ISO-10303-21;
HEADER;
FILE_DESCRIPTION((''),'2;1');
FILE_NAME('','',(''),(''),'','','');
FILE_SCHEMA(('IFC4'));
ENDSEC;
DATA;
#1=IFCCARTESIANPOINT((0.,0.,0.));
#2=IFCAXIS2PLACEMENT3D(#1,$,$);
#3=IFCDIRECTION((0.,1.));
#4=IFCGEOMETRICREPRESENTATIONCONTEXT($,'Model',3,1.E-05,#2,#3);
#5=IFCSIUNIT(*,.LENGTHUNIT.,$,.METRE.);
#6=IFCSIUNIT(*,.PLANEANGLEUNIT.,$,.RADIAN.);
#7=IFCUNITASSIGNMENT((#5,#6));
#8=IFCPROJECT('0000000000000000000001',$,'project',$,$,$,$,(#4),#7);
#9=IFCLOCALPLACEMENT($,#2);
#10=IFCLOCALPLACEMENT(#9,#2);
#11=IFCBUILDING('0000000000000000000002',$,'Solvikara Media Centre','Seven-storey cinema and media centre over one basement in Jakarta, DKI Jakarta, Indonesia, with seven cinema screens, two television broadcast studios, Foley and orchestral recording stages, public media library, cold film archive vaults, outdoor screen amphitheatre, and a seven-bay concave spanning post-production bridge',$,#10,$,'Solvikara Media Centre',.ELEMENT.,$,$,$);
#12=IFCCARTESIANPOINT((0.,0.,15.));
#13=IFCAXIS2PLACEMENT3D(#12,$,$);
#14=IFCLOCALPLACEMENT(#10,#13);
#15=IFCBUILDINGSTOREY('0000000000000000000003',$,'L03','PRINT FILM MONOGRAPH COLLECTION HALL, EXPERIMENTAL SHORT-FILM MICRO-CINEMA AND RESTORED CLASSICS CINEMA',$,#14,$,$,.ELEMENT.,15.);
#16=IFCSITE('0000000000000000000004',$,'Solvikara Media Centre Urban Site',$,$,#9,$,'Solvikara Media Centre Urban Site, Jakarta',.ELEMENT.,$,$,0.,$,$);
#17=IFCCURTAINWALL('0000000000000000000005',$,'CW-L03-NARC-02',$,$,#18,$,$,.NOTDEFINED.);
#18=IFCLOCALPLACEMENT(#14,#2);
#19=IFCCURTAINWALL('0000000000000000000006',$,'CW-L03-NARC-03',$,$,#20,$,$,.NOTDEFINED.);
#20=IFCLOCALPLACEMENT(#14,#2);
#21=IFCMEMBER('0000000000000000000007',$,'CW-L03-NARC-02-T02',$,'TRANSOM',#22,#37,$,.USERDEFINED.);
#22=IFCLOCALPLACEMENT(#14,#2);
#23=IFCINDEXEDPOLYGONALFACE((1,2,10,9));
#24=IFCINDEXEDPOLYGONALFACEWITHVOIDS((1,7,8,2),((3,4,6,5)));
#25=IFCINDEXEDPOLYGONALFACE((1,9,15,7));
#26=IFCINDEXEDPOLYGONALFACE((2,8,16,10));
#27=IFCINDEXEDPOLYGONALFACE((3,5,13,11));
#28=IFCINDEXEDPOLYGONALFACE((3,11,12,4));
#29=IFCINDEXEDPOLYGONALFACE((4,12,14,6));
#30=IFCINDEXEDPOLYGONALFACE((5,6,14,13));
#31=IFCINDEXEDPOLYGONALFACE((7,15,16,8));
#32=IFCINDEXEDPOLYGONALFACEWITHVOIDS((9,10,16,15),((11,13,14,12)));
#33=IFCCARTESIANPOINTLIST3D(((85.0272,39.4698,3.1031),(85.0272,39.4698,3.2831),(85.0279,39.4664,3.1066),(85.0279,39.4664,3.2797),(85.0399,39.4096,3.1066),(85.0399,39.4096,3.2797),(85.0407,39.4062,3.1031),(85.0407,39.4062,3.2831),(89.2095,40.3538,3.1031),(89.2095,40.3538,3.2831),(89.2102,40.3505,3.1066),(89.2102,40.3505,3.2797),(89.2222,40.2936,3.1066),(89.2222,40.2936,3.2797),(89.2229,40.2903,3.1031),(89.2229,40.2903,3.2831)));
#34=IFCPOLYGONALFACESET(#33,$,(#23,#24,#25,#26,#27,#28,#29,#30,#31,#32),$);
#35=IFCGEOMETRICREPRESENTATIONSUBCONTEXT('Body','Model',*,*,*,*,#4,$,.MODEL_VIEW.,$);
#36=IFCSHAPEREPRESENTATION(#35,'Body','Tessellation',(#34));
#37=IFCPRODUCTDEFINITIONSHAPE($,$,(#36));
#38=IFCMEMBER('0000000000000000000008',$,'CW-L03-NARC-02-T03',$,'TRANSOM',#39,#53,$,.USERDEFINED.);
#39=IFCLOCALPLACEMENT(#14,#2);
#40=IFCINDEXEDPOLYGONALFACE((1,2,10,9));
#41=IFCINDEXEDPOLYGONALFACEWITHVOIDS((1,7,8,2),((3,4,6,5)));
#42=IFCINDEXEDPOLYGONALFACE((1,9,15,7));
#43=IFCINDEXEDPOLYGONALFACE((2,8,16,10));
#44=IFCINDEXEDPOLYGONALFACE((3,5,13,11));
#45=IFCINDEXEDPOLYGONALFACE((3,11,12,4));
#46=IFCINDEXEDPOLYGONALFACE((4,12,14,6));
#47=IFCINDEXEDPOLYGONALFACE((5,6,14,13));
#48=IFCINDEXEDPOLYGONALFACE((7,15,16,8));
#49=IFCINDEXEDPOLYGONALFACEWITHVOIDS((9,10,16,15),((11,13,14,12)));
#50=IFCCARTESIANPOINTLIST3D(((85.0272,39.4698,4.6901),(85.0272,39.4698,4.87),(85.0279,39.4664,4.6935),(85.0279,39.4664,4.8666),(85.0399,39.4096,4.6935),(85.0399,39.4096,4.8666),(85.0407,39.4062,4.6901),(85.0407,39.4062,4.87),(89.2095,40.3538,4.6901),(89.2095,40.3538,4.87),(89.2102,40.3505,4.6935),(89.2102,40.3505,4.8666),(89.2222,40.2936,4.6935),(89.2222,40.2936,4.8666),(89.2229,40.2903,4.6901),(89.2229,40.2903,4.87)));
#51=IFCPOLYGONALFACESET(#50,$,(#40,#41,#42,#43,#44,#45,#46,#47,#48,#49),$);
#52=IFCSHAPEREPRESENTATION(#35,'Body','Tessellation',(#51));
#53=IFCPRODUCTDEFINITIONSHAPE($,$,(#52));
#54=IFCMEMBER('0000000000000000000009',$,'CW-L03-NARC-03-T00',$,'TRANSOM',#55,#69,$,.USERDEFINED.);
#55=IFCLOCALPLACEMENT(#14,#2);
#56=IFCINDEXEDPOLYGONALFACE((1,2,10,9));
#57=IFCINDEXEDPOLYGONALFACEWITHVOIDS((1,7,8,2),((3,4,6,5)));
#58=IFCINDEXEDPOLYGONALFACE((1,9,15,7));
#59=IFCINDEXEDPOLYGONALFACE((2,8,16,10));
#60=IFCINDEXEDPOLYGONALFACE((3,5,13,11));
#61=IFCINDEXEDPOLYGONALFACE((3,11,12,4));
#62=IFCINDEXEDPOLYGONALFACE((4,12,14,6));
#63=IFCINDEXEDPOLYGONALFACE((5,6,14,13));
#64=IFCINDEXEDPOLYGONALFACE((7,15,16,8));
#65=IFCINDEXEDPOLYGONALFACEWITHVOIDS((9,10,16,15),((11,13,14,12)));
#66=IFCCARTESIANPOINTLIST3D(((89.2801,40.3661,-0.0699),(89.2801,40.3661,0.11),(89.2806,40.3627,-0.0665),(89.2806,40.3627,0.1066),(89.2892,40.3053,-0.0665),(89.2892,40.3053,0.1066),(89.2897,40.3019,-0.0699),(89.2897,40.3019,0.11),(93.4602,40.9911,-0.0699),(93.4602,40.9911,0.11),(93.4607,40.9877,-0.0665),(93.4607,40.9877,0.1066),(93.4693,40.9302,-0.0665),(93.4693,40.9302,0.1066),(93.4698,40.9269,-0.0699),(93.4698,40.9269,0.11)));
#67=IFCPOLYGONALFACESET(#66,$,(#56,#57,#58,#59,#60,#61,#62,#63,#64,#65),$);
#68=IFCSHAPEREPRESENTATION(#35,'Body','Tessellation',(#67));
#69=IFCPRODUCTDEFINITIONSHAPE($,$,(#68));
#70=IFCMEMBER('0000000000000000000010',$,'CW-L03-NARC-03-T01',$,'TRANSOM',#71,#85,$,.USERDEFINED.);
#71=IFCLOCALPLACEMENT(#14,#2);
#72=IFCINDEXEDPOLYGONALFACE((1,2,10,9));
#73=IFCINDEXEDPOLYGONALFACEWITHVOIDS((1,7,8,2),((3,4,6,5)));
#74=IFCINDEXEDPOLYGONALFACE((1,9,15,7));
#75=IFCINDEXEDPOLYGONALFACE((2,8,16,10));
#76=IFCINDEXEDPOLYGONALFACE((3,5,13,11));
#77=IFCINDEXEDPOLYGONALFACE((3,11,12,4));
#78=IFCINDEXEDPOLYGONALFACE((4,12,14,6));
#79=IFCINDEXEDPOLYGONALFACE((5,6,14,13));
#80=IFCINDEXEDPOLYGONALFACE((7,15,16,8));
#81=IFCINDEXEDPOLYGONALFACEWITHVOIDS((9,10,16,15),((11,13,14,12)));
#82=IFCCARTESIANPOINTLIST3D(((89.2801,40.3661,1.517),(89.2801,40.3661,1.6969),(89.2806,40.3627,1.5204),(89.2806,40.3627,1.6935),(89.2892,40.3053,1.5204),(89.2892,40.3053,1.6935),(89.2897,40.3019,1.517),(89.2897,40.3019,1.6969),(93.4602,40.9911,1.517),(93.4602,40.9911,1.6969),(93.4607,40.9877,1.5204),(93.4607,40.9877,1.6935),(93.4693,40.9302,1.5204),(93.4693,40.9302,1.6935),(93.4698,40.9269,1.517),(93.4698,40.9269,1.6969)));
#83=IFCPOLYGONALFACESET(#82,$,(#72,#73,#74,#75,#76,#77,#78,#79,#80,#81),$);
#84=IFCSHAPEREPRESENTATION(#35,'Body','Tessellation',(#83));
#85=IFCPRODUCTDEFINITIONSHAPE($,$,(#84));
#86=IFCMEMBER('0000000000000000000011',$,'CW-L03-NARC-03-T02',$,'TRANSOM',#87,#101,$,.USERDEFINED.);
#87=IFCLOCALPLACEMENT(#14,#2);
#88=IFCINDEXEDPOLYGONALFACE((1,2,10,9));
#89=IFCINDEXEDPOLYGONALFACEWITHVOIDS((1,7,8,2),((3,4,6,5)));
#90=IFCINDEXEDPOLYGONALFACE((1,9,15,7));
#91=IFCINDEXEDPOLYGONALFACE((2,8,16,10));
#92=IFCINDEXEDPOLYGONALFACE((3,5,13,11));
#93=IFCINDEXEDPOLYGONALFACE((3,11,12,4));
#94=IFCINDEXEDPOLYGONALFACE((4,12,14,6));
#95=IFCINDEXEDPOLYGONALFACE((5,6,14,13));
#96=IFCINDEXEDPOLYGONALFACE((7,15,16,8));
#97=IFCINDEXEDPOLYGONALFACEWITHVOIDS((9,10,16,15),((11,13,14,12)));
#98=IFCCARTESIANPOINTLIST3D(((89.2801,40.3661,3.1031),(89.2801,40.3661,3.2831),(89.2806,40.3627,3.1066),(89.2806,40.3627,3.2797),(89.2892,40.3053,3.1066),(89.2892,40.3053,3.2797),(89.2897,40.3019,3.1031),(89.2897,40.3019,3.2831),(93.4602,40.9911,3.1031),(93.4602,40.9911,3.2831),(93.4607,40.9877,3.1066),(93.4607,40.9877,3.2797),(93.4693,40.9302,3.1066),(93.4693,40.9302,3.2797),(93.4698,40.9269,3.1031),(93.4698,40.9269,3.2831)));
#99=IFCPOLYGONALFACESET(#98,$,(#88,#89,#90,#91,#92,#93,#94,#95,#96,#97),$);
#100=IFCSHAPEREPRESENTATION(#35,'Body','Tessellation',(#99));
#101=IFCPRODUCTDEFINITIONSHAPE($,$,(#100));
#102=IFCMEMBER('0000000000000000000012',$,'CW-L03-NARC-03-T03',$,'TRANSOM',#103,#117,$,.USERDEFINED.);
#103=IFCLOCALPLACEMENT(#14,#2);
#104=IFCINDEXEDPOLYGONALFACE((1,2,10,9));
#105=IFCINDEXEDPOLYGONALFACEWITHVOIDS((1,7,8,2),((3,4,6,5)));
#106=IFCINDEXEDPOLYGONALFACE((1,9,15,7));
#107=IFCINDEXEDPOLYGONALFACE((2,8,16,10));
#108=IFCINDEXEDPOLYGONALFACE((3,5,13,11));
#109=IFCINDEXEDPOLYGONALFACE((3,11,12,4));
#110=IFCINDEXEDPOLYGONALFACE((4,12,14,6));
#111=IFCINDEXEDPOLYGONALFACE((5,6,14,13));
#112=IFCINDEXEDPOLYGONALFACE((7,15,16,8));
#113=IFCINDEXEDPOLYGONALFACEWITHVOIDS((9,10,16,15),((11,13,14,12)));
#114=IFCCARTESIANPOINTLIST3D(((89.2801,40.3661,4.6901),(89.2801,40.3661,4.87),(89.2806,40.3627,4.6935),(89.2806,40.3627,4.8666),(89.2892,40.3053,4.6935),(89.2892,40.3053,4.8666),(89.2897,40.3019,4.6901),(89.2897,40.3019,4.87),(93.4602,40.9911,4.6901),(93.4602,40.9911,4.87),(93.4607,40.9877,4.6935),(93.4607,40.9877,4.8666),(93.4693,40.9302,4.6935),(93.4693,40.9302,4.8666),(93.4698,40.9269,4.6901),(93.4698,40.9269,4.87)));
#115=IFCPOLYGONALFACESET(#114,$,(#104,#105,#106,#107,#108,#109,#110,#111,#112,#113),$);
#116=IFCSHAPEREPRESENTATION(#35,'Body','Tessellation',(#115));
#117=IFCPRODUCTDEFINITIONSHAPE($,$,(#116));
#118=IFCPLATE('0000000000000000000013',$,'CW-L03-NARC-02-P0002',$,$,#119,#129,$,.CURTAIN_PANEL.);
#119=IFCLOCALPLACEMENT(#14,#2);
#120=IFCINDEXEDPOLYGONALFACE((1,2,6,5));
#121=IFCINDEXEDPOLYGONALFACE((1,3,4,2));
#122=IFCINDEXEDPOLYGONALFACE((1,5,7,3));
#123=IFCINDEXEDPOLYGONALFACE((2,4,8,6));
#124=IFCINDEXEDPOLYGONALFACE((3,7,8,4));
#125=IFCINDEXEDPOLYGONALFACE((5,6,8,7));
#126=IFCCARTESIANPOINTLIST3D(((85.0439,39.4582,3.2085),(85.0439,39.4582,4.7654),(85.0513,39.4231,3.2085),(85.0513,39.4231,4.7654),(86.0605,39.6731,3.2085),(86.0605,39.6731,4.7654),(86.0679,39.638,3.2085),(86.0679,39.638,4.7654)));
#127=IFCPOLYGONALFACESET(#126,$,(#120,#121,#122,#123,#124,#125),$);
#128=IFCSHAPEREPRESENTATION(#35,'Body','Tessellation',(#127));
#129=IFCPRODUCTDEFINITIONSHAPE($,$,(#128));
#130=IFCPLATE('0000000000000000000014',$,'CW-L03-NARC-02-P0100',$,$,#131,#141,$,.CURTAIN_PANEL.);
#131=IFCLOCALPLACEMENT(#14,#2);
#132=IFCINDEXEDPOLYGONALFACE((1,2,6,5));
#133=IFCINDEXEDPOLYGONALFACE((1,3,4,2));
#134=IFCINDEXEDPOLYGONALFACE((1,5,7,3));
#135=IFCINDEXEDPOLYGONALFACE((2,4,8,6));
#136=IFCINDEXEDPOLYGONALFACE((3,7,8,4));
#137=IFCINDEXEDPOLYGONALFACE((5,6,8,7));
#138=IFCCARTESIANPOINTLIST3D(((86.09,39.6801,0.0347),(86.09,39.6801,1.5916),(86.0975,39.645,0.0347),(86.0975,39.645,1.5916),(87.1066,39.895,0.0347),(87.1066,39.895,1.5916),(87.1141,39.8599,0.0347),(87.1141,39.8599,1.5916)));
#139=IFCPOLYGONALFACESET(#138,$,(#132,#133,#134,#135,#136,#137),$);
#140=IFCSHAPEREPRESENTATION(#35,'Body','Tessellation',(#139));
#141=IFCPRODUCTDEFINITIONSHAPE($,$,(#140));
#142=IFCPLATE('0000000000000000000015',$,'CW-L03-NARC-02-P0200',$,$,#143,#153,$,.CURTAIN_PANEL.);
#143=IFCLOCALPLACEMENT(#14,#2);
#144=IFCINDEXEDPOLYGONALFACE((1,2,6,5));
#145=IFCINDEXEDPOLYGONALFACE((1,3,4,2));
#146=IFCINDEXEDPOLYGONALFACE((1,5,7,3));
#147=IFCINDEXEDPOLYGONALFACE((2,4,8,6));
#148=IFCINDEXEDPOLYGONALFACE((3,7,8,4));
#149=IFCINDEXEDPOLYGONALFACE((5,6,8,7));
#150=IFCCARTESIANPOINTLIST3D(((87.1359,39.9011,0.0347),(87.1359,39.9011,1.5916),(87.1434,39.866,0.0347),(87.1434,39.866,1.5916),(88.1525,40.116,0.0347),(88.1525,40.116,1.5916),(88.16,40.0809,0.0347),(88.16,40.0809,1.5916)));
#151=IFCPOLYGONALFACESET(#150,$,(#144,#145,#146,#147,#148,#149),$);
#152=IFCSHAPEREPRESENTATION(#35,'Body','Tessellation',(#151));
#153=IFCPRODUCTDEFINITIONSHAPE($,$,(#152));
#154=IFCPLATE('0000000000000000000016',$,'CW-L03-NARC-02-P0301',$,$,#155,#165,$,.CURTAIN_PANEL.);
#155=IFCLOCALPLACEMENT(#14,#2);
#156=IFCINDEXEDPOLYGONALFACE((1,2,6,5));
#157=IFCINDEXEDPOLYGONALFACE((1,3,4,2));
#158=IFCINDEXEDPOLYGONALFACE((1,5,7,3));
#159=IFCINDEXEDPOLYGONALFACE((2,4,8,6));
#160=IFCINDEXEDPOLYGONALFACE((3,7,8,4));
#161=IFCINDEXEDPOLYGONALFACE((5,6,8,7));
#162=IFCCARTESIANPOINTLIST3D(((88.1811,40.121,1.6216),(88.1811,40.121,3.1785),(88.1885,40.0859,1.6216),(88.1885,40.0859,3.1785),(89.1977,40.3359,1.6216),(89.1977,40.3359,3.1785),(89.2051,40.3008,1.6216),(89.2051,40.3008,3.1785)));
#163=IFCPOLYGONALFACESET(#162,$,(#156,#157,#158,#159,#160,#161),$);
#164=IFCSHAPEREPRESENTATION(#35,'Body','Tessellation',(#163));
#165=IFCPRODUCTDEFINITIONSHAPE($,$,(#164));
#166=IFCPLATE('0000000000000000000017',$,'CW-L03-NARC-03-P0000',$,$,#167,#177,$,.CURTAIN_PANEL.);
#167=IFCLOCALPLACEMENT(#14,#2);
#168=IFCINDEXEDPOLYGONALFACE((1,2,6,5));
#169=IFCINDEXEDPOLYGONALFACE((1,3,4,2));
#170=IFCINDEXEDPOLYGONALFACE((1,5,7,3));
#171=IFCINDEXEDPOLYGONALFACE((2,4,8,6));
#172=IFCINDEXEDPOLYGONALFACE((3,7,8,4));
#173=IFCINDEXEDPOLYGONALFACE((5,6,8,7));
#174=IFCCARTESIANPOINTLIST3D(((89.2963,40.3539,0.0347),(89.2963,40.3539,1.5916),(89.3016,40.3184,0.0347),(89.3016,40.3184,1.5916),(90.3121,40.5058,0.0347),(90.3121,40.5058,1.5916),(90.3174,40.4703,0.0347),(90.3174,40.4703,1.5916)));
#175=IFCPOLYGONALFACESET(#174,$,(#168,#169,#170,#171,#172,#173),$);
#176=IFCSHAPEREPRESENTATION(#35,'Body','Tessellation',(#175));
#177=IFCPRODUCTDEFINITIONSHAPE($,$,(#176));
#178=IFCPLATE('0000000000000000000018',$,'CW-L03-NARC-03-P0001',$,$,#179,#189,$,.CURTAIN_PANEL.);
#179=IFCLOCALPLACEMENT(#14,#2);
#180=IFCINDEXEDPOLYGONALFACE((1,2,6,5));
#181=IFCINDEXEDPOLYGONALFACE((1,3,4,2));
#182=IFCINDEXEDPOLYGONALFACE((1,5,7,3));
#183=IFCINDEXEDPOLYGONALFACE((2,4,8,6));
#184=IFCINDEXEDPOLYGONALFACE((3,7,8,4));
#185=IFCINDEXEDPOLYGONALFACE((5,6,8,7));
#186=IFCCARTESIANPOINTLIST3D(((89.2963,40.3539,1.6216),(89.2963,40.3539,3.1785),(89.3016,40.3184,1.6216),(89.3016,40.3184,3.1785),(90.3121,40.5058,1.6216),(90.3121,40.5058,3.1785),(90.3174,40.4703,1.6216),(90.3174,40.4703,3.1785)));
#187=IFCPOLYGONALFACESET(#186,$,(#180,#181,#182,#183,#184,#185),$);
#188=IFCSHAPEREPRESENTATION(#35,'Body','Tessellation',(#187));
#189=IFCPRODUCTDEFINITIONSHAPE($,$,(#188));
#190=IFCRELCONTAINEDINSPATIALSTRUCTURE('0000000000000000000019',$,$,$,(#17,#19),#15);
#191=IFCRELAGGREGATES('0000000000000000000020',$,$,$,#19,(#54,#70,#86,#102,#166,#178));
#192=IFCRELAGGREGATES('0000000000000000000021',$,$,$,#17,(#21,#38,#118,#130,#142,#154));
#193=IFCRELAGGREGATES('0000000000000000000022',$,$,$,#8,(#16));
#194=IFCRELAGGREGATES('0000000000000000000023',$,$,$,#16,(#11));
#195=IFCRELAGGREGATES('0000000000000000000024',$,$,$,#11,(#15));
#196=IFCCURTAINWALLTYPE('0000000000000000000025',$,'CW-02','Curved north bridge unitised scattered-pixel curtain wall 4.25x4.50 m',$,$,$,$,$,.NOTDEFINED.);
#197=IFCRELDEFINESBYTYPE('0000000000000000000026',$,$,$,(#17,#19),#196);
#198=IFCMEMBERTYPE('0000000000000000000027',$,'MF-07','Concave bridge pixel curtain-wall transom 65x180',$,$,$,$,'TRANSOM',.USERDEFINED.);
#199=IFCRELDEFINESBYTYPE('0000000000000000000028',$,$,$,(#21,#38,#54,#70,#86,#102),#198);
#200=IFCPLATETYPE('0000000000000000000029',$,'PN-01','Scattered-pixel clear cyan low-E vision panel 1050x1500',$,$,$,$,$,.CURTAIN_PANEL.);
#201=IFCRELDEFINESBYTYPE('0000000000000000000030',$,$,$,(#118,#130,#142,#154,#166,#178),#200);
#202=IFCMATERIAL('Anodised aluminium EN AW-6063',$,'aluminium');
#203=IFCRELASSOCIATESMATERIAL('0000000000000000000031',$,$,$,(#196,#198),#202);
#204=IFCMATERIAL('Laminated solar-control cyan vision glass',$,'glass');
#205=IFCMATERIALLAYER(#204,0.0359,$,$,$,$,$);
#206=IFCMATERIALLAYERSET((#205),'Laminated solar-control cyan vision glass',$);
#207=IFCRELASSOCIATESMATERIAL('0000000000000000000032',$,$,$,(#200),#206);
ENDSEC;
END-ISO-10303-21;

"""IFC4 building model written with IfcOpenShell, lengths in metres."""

from ifc_helpers import new_model, si_unit, direction, frame, origin, origin_2d, place, context, subcontext, project, spatial, rectangle, hollow_rectangle, extrude, material, layer, layer_set, material_profile, profile_set, type_object, element, aggregate, save


model = new_model("IFC4")

# Units and contexts
model_context = context("Model", 3, precision=1e-05, world=origin(), true_north=direction((0.0, 1.0)))
body_context = subcontext(model_context, "Body", "Model", "MODEL_VIEW")
ifc_project = project(units=[si_unit("LENGTHUNIT", "METRE"), si_unit("PLANEANGLEUNIT", "RADIAN")], contexts=[model_context])

# Site, building, storey
site_placement = place(None, origin())
site = spatial("IfcSite", under=ifc_project, at=site_placement, Name="Solvikara Media Centre Urban Site", LongName="Solvikara Media Centre Urban Site, Jakarta", CompositionType="ELEMENT", RefElevation=0.0)
building_placement = place(site_placement, origin())
building = spatial("IfcBuilding", under=site, at=building_placement, Name="Solvikara Media Centre", Description="Seven-storey cinema and media centre over one basement in Jakarta, DKI Jakarta, Indonesia, with seven cinema screens, two television broadcast studios, Foley and orchestral recording stages, public media library, cold film archive vaults, outdoor screen amphitheatre, and a seven-bay concave spanning post-production bridge", LongName="Solvikara Media Centre", CompositionType="ELEMENT")
storey_placement = place(building_placement, frame((0.0, 0.0, 15.0)))
storey = spatial("IfcBuildingStorey", under=building, at=storey_placement, Name="L03", Description="PRINT FILM MONOGRAPH COLLECTION HALL, EXPERIMENTAL SHORT-FILM MICRO-CINEMA AND RESTORED CLASSICS CINEMA", CompositionType="ELEMENT", Elevation=15.0)

# Curtain walls
ifc_material_1 = material(Name="Anodised aluminium EN AW-6063", Category="aluminium")
curtain_wall_type = type_object("IfcCurtainWallType", Name="CW-02", Description="Curved north bridge unitised scattered-pixel curtain wall 4.25x4.50 m", PredefinedType="NOTDEFINED", material=ifc_material_1)
curtain_wall_1_placement = place(storey_placement, origin())
curtain_wall_1 = element("IfcCurtainWall", 1, at=curtain_wall_1_placement, inside=storey, type_object=curtain_wall_type, Name="CW-L03-NARC-02", PredefinedType="NOTDEFINED")
curtain_wall_2_placement = place(storey_placement, origin())
curtain_wall_2 = element("IfcCurtainWall", 2, at=curtain_wall_2_placement, inside=storey, type_object=curtain_wall_type, Name="CW-L03-NARC-03", PredefinedType="NOTDEFINED")

# Members
ifc_material_profile_1 = material_profile(ifc_material_1, hollow_rectangle(XDim=0.0649, YDim=0.1799, WallThickness=0.0034, at=origin_2d()), Name="ALU-T 65x180x3.5")
ifc_profile_set_1 = profile_set([ifc_material_profile_1], Name="Anodised aluminium EN AW-6063")
member_type_1 = type_object("IfcMemberType", Name="MF-07", Description="Concave bridge pixel curtain-wall transom 65x180", ElementType="TRANSOM", PredefinedType="USERDEFINED", material=ifc_profile_set_1)
member_1_placement = place(storey_placement, frame((85.0339, 39.438, 3.1931), z_axis=(0.97838, 0.206814, 0.0), x_axis=(-0.206814, 0.97838, 0.0)))
member_1 = element("IfcMember", 3, at=member_1_placement, type_object=member_type_1, Name="CW-L03-NARC-02-T02", ObjectType="TRANSOM", PredefinedType="USERDEFINED", context=body_context, shape_type="SweptSolid", body=[
    extrude(hollow_rectangle(XDim=0.0649, YDim=0.1799, WallThickness=0.0034, at=origin_2d()), origin(), (0.0, 0.0, 1.0), 4.2747),
])
member_2_placement = place(storey_placement, frame((85.0339, 39.438, 4.78), z_axis=(0.97838, 0.206814, 0.0), x_axis=(-0.206814, 0.97838, 0.0)))
member_2 = element("IfcMember", 4, at=member_2_placement, type_object=member_type_1, Name="CW-L03-NARC-02-T03", ObjectType="TRANSOM", PredefinedType="USERDEFINED", context=body_context, shape_type="SweptSolid", body=[
    extrude(hollow_rectangle(XDim=0.0649, YDim=0.1799, WallThickness=0.0034, at=origin_2d()), origin(), (0.0, 0.0, 1.0), 4.2747),
])
member_3_placement = place(storey_placement, frame((89.2849, 40.334, 0.02), z_axis=(0.989007, 0.147872, 0.0), x_axis=(-0.147872, 0.989007, 0.0)))
member_3 = element("IfcMember", 5, at=member_3_placement, type_object=member_type_1, Name="CW-L03-NARC-03-T00", ObjectType="TRANSOM", PredefinedType="USERDEFINED", context=body_context, shape_type="SweptSolid", body=[
    extrude(hollow_rectangle(XDim=0.0649, YDim=0.1799, WallThickness=0.0034, at=origin_2d()), origin(), (0.0, 0.0, 1.0), 4.2266),
])
member_4_placement = place(storey_placement, frame((89.2849, 40.334, 1.6069), z_axis=(0.989007, 0.147872, 0.0), x_axis=(-0.147872, 0.989007, 0.0)))
member_4 = element("IfcMember", 6, at=member_4_placement, type_object=member_type_1, Name="CW-L03-NARC-03-T01", ObjectType="TRANSOM", PredefinedType="USERDEFINED", context=body_context, shape_type="SweptSolid", body=[
    extrude(hollow_rectangle(XDim=0.0649, YDim=0.1799, WallThickness=0.0034, at=origin_2d()), origin(), (0.0, 0.0, 1.0), 4.2266),
])
member_5_placement = place(storey_placement, frame((89.2849, 40.334, 3.1931), z_axis=(0.989007, 0.147872, 0.0), x_axis=(-0.147872, 0.989007, 0.0)))
member_5 = element("IfcMember", 7, at=member_5_placement, type_object=member_type_1, Name="CW-L03-NARC-03-T02", ObjectType="TRANSOM", PredefinedType="USERDEFINED", context=body_context, shape_type="SweptSolid", body=[
    extrude(hollow_rectangle(XDim=0.0649, YDim=0.1799, WallThickness=0.0034, at=origin_2d()), origin(), (0.0, 0.0, 1.0), 4.2266),
])
member_6_placement = place(storey_placement, frame((89.2849, 40.334, 4.78), z_axis=(0.989007, 0.147872, 0.0), x_axis=(-0.147872, 0.989007, 0.0)))
member_6 = element("IfcMember", 8, at=member_6_placement, type_object=member_type_1, Name="CW-L03-NARC-03-T03", ObjectType="TRANSOM", PredefinedType="USERDEFINED", context=body_context, shape_type="SweptSolid", body=[
    extrude(hollow_rectangle(XDim=0.0649, YDim=0.1799, WallThickness=0.0034, at=origin_2d()), origin(), (0.0, 0.0, 1.0), 4.2266),
])

# Plates
ifc_material_2 = material(Name="Laminated solar-control cyan vision glass", Category="glass")
ifc_layer_1 = layer(ifc_material_2, 0.0359)
ifc_layer_set_1 = layer_set([ifc_layer_1], Name="Laminated solar-control cyan vision glass")
plate_type_1 = type_object("IfcPlateType", Name="PN-01", Description="Scattered-pixel clear cyan low-E vision panel 1050x1500", PredefinedType="CURTAIN_PANEL", material=ifc_layer_set_1)
plate_1_placement = place(storey_placement, frame((85.5559, 39.5481, 3.2085), z_axis=(0.0, 0.0, 1.0), x_axis=(0.978379, 0.206819, 0.0)))
plate_1 = element("IfcPlate", 9, at=plate_1_placement, type_object=plate_type_1, Name="CW-L03-NARC-02-P0002", PredefinedType="CURTAIN_PANEL", context=body_context, shape_type="SweptSolid", body=[
    extrude(rectangle(XDim=1.0391, YDim=0.0359, at=origin_2d()), origin(), (0.0, 0.0, 1.0), 1.5569),
])
plate_2_placement = place(storey_placement, frame((86.6021, 39.77, 0.0347), z_axis=(0.0, 0.0, 1.0), x_axis=(0.978379, 0.206819, 0.0)))
plate_2 = element("IfcPlate", 10, at=plate_2_placement, type_object=plate_type_1, Name="CW-L03-NARC-02-P0100", PredefinedType="CURTAIN_PANEL", context=body_context, shape_type="SweptSolid", body=[
    extrude(rectangle(XDim=1.0391, YDim=0.0359, at=origin_2d()), origin(), (0.0, 0.0, 1.0), 1.5569),
])
plate_3_placement = place(storey_placement, frame((87.6479, 39.991, 0.0347), z_axis=(0.0, 0.0, 1.0), x_axis=(0.978379, 0.206819, 0.0)))
plate_3 = element("IfcPlate", 11, at=plate_3_placement, type_object=plate_type_1, Name="CW-L03-NARC-02-P0200", PredefinedType="CURTAIN_PANEL", context=body_context, shape_type="SweptSolid", body=[
    extrude(rectangle(XDim=1.0391, YDim=0.0359, at=origin_2d()), origin(), (0.0, 0.0, 1.0), 1.5569),
])
plate_4_placement = place(storey_placement, frame((88.6931, 40.2109, 1.6216), z_axis=(0.0, 0.0, 1.0), x_axis=(0.978379, 0.206819, 0.0)))
plate_4 = element("IfcPlate", 12, at=plate_4_placement, type_object=plate_type_1, Name="CW-L03-NARC-02-P0301", PredefinedType="CURTAIN_PANEL", context=body_context, shape_type="SweptSolid", body=[
    extrude(rectangle(XDim=1.0391, YDim=0.0359, at=origin_2d()), origin(), (0.0, 0.0, 1.0), 1.5569),
])
plate_5_placement = place(storey_placement, frame((89.8069, 40.4121, 0.0347), z_axis=(0.0, 0.0, 1.0), x_axis=(0.989006, 0.147878, 0.0)))
plate_5 = element("IfcPlate", 13, at=plate_5_placement, type_object=plate_type_1, Name="CW-L03-NARC-03-P0000", PredefinedType="CURTAIN_PANEL", context=body_context, shape_type="SweptSolid", body=[
    extrude(rectangle(XDim=1.0271, YDim=0.0359, at=origin_2d()), origin(), (0.0, 0.0, 1.0), 1.5569),
])
plate_6_placement = place(storey_placement, frame((89.8069, 40.4121, 1.6216), z_axis=(0.0, 0.0, 1.0), x_axis=(0.989006, 0.147878, 0.0)))
plate_6 = element("IfcPlate", 14, at=plate_6_placement, type_object=plate_type_1, Name="CW-L03-NARC-03-P0001", PredefinedType="CURTAIN_PANEL", context=body_context, shape_type="SweptSolid", body=[
    extrude(rectangle(XDim=1.0271, YDim=0.0359, at=origin_2d()), origin(), (0.0, 0.0, 1.0), 1.5569),
])
aggregate(curtain_wall_2, [member_3, member_4, member_5, member_6, plate_5, plate_6])
aggregate(curtain_wall_1, [member_1, member_2, plate_1, plate_2, plate_3, plate_4])

save(model, "model.ifc")
